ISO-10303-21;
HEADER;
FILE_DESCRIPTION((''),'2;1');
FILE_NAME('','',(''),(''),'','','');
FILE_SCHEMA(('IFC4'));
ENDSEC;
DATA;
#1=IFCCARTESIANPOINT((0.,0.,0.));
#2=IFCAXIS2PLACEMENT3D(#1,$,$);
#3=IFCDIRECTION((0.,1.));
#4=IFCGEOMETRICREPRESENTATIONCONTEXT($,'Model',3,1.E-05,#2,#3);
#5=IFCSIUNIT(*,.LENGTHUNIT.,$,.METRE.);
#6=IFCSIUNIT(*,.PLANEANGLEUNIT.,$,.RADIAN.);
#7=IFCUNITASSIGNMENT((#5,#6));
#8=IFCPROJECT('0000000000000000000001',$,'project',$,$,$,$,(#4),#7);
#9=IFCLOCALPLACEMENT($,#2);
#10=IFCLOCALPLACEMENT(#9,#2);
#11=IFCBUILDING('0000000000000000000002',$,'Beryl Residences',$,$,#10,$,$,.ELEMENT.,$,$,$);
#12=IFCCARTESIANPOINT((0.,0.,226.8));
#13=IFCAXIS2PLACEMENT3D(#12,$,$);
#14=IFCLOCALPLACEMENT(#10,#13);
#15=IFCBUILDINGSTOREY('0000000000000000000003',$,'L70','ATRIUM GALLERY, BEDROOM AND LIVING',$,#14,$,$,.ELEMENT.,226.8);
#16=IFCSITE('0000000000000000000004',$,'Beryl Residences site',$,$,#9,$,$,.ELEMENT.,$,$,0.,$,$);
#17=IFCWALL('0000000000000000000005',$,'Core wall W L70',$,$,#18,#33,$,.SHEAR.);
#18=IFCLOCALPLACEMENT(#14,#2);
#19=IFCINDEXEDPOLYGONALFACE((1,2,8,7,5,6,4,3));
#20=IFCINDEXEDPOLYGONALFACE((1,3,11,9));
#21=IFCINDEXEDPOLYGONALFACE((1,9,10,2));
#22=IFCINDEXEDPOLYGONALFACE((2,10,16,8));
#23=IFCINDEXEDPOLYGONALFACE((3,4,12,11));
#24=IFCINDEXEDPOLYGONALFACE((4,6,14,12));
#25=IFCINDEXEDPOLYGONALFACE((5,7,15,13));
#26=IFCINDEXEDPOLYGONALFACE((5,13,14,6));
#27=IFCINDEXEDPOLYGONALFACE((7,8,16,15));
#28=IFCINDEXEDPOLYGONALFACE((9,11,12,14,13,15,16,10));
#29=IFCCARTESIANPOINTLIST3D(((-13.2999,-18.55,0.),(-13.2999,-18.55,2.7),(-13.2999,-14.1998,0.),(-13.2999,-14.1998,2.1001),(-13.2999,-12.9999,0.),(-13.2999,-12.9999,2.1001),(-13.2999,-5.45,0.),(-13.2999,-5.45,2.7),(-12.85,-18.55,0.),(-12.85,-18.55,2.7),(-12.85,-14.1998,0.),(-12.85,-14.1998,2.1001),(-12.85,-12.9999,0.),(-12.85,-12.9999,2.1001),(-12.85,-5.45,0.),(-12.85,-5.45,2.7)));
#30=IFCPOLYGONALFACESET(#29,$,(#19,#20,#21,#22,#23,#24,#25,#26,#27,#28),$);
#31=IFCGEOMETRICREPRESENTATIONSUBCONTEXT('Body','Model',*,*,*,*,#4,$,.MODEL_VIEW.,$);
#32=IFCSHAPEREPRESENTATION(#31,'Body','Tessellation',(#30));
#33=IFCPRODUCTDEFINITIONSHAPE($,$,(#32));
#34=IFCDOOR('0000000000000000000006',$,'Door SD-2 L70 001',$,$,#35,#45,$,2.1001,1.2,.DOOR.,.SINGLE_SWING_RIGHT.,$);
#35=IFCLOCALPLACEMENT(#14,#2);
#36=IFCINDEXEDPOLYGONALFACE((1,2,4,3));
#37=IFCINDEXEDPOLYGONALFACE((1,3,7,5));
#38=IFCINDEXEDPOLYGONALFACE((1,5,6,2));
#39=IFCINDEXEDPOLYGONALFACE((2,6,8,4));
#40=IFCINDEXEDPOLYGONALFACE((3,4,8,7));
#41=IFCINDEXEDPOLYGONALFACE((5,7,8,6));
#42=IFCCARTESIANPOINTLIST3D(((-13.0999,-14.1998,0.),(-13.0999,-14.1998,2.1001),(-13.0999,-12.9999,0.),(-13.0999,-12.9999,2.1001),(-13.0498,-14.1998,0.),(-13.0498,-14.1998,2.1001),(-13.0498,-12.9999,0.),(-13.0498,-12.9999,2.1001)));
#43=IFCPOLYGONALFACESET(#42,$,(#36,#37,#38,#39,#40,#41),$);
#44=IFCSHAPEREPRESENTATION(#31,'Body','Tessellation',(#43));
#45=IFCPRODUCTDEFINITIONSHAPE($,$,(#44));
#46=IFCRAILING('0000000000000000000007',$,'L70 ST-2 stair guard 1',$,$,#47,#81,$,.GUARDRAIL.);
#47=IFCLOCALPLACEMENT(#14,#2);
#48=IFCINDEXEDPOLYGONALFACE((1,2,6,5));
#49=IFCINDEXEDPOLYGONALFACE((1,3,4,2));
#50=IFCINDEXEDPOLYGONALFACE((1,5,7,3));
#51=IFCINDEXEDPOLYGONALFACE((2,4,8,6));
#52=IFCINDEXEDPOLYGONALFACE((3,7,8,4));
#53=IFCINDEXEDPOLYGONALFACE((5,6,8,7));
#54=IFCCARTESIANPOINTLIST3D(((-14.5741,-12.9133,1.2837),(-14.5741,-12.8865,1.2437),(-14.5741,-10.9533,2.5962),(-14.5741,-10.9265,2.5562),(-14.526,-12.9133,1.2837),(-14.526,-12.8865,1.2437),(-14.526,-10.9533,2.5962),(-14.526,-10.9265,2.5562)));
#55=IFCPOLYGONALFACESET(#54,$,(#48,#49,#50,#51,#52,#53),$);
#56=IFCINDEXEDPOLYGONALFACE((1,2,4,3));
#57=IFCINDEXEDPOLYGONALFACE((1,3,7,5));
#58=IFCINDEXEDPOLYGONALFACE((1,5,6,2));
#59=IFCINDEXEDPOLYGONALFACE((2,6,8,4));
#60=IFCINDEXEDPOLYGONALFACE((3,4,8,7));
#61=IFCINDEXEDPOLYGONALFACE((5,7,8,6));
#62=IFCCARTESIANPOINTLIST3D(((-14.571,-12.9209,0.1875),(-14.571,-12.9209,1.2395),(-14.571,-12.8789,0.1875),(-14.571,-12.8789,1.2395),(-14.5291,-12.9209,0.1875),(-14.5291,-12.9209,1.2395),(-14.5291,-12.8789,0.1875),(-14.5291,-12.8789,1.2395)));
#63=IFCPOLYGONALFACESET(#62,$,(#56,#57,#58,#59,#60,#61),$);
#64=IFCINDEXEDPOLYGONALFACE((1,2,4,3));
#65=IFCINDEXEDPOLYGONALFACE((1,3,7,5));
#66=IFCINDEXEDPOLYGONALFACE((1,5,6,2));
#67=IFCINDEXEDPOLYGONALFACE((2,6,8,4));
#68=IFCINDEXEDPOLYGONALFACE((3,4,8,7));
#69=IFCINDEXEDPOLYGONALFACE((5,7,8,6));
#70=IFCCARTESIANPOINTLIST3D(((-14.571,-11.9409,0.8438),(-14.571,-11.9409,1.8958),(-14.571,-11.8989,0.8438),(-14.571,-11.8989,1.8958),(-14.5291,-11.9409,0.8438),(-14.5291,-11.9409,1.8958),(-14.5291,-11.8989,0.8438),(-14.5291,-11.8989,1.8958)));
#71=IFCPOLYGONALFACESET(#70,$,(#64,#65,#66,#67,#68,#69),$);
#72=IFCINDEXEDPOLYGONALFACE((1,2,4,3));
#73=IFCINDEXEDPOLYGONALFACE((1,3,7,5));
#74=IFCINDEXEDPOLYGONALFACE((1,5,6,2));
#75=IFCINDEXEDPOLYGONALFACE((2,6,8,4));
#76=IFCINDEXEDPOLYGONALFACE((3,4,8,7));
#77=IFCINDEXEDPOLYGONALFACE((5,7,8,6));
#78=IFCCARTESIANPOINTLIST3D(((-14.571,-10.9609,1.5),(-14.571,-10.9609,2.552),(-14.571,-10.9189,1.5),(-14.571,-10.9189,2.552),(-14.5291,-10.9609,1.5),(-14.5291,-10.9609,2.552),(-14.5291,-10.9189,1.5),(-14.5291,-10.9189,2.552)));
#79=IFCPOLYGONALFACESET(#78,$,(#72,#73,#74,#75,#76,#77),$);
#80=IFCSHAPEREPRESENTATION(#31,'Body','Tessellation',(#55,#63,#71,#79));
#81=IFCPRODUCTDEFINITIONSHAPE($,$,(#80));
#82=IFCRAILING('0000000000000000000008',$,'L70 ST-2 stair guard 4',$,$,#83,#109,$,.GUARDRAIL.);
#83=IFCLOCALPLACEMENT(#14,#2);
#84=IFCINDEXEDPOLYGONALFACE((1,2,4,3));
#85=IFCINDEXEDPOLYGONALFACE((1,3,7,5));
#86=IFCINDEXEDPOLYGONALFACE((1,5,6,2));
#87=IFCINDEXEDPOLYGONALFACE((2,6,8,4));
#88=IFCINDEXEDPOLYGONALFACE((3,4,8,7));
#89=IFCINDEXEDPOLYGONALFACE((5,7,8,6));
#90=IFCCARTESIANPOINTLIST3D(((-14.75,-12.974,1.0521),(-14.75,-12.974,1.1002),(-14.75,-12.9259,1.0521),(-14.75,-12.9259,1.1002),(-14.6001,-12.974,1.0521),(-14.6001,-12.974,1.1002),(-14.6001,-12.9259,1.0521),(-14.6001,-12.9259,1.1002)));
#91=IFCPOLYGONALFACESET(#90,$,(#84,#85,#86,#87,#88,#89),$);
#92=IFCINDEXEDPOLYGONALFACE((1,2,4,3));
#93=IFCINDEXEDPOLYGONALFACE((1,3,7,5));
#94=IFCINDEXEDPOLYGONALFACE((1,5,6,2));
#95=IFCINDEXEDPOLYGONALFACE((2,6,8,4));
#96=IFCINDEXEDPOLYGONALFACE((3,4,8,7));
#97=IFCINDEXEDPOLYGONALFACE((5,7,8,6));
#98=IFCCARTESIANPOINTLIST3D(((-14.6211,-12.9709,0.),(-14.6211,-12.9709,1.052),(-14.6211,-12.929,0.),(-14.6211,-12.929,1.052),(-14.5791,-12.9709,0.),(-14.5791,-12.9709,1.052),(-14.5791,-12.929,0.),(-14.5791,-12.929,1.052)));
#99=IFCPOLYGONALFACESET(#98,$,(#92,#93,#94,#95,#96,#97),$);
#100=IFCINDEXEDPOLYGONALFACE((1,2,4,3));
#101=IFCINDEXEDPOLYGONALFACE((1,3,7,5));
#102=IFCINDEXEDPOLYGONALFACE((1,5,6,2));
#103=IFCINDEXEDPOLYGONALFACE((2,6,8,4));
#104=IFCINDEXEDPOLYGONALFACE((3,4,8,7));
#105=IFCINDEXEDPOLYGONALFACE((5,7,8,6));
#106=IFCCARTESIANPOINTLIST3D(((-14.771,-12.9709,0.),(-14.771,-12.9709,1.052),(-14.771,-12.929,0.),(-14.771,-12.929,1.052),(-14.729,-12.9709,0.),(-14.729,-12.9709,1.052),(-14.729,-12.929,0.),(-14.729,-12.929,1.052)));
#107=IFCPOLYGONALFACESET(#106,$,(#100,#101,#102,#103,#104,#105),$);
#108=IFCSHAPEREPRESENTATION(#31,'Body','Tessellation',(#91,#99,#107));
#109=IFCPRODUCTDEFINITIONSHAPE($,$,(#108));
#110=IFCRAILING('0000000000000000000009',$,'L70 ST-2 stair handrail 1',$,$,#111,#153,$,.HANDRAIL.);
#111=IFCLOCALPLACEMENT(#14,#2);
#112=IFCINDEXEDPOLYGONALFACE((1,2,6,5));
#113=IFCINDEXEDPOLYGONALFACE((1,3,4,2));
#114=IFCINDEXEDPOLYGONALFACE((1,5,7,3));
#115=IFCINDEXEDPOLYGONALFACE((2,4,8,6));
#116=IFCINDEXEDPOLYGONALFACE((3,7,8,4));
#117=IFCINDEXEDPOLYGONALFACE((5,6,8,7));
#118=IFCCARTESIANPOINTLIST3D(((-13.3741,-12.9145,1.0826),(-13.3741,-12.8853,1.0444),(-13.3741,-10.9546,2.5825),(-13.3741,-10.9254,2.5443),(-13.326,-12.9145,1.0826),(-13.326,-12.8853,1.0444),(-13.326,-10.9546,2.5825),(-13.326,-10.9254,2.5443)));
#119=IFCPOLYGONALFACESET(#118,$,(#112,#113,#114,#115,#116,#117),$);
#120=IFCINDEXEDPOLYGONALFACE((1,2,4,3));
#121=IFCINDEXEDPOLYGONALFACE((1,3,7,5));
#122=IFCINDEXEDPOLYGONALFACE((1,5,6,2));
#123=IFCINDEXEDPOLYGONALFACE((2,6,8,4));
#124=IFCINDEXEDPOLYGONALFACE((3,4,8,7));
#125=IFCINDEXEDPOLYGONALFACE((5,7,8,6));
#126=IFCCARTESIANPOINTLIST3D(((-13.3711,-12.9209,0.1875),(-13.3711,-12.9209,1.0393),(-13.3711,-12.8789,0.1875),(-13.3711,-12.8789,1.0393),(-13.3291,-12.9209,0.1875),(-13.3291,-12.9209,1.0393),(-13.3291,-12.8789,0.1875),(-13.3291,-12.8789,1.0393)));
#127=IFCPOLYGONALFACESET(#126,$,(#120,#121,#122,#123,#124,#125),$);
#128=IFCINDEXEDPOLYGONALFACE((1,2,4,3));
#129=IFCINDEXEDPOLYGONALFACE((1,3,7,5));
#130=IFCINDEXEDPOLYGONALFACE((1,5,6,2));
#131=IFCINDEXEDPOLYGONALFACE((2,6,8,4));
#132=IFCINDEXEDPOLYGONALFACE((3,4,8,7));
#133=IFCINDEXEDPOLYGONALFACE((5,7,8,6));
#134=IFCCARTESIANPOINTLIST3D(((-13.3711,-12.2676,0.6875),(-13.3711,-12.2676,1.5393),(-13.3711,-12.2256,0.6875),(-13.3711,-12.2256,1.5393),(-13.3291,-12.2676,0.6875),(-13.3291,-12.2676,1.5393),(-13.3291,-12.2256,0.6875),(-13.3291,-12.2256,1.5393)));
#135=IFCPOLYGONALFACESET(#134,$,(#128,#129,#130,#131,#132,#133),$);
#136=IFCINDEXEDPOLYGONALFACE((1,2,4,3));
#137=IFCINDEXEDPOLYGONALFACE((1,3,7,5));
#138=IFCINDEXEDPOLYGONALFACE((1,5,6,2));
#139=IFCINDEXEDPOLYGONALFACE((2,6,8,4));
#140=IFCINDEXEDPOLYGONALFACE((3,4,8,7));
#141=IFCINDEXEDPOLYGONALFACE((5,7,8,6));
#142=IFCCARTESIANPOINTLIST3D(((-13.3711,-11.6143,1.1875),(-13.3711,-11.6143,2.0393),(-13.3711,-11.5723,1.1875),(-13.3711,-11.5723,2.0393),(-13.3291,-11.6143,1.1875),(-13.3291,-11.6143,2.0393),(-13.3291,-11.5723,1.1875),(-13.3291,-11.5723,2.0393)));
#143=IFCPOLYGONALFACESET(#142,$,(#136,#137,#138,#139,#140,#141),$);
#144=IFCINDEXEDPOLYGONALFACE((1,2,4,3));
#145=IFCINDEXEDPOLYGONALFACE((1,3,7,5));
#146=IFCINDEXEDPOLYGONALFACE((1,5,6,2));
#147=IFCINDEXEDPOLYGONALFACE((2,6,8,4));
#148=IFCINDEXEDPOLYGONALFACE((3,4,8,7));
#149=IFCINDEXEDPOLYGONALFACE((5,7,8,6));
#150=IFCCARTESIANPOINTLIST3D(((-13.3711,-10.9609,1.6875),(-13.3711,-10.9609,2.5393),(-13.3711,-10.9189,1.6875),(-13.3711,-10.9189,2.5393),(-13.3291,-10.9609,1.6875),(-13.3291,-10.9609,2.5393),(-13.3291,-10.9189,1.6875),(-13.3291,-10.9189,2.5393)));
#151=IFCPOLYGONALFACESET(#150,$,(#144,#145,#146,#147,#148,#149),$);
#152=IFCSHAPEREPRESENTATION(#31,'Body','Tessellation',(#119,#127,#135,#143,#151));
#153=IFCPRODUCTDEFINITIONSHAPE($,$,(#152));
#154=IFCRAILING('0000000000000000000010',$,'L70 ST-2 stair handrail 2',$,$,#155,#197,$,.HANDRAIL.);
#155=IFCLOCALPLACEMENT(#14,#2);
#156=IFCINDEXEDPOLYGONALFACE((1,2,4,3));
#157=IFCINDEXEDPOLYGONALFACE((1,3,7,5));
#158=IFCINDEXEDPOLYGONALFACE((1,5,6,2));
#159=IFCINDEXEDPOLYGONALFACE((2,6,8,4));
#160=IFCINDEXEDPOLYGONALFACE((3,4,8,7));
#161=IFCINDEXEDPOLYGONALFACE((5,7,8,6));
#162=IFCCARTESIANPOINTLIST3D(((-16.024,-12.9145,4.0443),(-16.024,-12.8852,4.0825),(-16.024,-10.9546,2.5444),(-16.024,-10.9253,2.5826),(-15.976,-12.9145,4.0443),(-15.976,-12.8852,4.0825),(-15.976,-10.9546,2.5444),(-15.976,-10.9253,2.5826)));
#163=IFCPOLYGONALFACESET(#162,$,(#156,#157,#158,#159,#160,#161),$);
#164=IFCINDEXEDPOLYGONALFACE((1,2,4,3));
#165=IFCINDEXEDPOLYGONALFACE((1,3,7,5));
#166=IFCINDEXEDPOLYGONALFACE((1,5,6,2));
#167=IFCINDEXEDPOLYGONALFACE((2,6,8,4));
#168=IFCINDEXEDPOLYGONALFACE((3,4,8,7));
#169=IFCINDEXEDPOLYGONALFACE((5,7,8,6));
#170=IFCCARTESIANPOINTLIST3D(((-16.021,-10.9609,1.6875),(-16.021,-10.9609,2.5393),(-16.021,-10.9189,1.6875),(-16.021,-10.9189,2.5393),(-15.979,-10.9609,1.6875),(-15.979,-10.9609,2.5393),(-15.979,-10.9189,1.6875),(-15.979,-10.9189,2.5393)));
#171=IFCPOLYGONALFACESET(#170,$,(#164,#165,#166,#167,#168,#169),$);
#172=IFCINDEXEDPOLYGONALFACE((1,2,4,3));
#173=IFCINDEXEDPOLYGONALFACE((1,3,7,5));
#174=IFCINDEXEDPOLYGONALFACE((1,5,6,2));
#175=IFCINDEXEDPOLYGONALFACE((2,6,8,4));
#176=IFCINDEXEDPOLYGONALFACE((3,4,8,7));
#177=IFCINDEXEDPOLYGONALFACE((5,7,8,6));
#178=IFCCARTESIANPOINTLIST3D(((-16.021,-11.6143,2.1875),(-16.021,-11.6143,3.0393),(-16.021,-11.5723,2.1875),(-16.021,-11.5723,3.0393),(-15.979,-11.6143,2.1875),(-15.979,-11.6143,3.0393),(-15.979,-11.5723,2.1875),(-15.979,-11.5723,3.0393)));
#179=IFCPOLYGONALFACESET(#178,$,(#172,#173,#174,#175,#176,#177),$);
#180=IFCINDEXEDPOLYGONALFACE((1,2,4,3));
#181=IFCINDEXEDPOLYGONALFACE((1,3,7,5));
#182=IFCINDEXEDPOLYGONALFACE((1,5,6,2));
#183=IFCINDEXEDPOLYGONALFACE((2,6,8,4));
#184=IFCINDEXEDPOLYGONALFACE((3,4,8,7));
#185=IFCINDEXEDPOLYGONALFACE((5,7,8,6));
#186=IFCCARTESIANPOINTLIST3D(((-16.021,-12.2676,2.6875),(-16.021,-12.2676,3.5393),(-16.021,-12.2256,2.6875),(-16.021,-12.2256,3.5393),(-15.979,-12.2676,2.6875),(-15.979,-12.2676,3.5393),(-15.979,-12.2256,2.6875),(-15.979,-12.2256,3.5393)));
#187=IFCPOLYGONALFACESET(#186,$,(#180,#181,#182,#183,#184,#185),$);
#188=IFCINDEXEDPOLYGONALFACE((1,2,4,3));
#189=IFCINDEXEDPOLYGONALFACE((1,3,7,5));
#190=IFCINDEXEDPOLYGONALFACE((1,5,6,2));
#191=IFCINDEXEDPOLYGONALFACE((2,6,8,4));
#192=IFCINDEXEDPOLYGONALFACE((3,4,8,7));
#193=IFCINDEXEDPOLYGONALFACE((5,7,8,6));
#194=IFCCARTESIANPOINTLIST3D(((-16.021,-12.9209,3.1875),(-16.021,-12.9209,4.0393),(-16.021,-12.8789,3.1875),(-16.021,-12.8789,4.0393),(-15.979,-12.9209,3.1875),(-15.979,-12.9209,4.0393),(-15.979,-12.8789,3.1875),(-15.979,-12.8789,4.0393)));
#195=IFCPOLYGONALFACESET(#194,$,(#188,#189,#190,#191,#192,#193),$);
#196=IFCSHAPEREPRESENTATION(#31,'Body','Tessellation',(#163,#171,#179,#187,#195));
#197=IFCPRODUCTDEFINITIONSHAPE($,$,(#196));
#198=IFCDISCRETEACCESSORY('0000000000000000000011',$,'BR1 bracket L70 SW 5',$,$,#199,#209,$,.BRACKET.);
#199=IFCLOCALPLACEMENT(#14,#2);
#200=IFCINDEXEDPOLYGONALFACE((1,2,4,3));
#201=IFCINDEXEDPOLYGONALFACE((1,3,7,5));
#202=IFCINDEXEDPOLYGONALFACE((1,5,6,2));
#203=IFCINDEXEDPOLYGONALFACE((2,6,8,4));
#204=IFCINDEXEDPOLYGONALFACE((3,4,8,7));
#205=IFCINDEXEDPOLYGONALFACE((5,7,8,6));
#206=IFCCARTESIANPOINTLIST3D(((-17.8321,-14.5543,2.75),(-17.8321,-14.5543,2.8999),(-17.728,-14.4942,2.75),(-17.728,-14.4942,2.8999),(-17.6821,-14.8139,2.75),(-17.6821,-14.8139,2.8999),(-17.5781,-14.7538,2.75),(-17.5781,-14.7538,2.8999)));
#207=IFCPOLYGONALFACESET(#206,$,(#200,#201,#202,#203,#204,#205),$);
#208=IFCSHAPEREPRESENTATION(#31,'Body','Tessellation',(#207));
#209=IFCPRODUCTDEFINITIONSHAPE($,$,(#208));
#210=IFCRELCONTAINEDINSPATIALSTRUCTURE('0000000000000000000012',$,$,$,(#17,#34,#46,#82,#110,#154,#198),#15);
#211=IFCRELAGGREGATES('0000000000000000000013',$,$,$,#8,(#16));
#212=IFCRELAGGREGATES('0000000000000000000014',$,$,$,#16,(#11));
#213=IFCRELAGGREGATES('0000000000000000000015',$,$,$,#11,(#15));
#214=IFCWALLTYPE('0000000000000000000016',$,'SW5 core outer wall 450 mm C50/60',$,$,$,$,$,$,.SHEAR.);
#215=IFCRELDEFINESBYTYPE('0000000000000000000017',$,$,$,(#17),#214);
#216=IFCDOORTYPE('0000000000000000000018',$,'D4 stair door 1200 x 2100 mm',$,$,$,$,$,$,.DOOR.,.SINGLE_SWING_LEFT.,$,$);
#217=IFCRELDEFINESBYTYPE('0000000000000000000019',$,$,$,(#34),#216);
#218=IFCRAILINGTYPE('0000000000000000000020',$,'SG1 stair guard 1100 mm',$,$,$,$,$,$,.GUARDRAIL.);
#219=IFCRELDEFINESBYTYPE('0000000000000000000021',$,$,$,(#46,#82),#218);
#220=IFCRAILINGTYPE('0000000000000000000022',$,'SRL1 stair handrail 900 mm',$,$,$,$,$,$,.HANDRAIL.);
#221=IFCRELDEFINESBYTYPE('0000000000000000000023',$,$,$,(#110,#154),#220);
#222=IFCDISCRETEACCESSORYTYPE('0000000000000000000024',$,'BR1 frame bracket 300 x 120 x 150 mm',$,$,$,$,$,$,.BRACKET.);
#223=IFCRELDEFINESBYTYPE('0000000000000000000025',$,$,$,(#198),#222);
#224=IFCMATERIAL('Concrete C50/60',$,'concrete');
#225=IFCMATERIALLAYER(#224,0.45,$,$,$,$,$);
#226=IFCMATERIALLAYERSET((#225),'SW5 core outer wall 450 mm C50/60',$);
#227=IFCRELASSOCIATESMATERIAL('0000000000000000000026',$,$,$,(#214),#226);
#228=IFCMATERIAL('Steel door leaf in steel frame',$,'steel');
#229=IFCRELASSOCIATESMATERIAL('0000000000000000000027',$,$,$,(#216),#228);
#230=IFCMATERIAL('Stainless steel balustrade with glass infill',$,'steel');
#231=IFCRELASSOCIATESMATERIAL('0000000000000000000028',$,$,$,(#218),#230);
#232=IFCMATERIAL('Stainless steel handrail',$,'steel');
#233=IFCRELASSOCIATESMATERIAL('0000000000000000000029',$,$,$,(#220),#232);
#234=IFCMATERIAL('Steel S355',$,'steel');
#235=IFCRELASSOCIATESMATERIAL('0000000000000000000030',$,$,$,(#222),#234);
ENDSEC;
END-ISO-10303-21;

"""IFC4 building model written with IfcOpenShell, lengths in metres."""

from ifc_helpers import new_model, si_unit, direction, frame, frame_2d, origin, origin_2d, place, context, subcontext, project, spatial, polyline, rectangle, outline, extrude, source, transform, mapped, material, layer, layer_set, type_object, type_shapes, element, fill, save


model = new_model("IFC4")

# Units and contexts
model_context = context("Model", 3, precision=1e-05, world=origin(), true_north=direction((0.0, 1.0)))
body_context = subcontext(model_context, "Body", "Model", "MODEL_VIEW")
ifc_project = project(units=[si_unit("LENGTHUNIT", "METRE"), si_unit("PLANEANGLEUNIT", "RADIAN")], contexts=[model_context])

# Site, building, storey
site_placement = place(None, origin())
site = spatial("IfcSite", under=ifc_project, at=site_placement, Name="Beryl Residences site", CompositionType="ELEMENT", RefElevation=0.0)
building_placement = place(site_placement, origin())
building = spatial("IfcBuilding", under=site, at=building_placement, Name="Beryl Residences", CompositionType="ELEMENT")
storey_placement = place(building_placement, frame((0.0, 0.0, 226.8)))
storey = spatial("IfcBuildingStorey", under=building, at=storey_placement, Name="L70", Description="ATRIUM GALLERY, BEDROOM AND LIVING", CompositionType="ELEMENT", Elevation=226.8)

# Wall, opening, door
ifc_material_1 = material(Name="Concrete C50/60", Category="concrete")
ifc_layer_1 = layer(ifc_material_1, 0.45)
ifc_layer_set_1 = layer_set([ifc_layer_1], Name="SW5 core outer wall 450 mm C50/60")
wall_type_1 = type_object("IfcWallType", Name="SW5 core outer wall 450 mm C50/60", PredefinedType="SHEAR", material=ifc_layer_set_1)
wall_1_placement = place(storey_placement, frame((-13.075, -18.55, 0.0), z_axis=(0.0, 0.0, 1.0), x_axis=(0.0, 1.0, 0.0)))
wall_1 = element("IfcWall", 1, at=wall_1_placement, inside=storey, type_object=wall_type_1, Name="Core wall W L70", PredefinedType="SHEAR", context=body_context, shape_type="SweptSolid", body=[
    extrude(rectangle(XDim=13.1001, YDim=0.45, at=frame_2d((6.55, 0.0))), origin(), (0.0, 0.0, 1.0), 2.7),
])
opening_1_placement = place(wall_1_placement, frame((4.3501, 0.0, 0.0)))
opening_1 = element("IfcOpeningElement", 2, at=opening_1_placement, cuts=wall_1, PredefinedType="OPENING", context=body_context, shape_type="SweptSolid", body=[
    extrude(rectangle(XDim=1.2, YDim=2.1001, at=frame_2d((0.6001, 1.05))), frame((0.0, 0.2349, 0.0), z_axis=(0.0, -1.0, 0.0), x_axis=(1.0, 0.0, 0.0)), (0.0, 0.0, 1.0), 0.47),
])
ifc_material_2 = material(Name="Steel door leaf in steel frame", Category="steel")
door_type_1 = type_object("IfcDoorType", Name="D4 stair door 1200 x 2100 mm", OperationType="SINGLE_SWING_LEFT", PredefinedType="DOOR", material=ifc_material_2)
door_1_placement = place(opening_1_placement, origin())
door_1 = element("IfcDoor", 3, at=door_1_placement, inside=storey, type_object=door_type_1, Name="Door SD-2 L70 001", OperationType="SINGLE_SWING_RIGHT", OverallHeight=2.1001, OverallWidth=1.2, PredefinedType="DOOR", context=body_context, shape_type="SweptSolid", body=[
    extrude(rectangle(XDim=1.2, YDim=2.1001, at=frame_2d((0.6001, 1.05))), frame((0.0, 0.0249, 0.0), z_axis=(0.0, -1.0, 0.0), x_axis=(1.0, 0.0, 0.0)), (0.0, 0.0, 1.0), 0.05),
])
fill(opening_1, door_1)

# Railings
ifc_material_3 = material(Name="Stainless steel balustrade with glass infill", Category="steel")
railing_type_1 = type_object("IfcRailingType", Name="SG1 stair guard 1100 mm", PredefinedType="GUARDRAIL", material=ifc_material_3)
railing_1_placement = place(storey_placement, frame((-14.55, -12.8999, 0.1875)))
element("IfcRailing", 4, at=railing_1_placement, inside=storey, type_object=railing_type_1, Name="L70 ST-2 stair guard 1", PredefinedType="GUARDRAIL", context=body_context, shape_type="SweptSolid", body=[
    extrude(rectangle(XDim=0.0481, YDim=0.0481, at=origin_2d()), frame((0.0, 0.0, 1.0762), z_axis=(0.0, 0.830902, 0.556419), x_axis=(-1.0, 0.0, 0.0)), (0.0, 0.0, 1.0), 2.3589),
    extrude(rectangle(XDim=0.042, YDim=0.042, at=origin_2d()), origin(), (0.0, 0.0, 1.0), 1.052),
    extrude(rectangle(XDim=0.042, YDim=0.042, at=origin_2d()), frame((0.0, 0.98, 0.6562)), (0.0, 0.0, 1.0), 1.052),
    extrude(rectangle(XDim=0.042, YDim=0.042, at=origin_2d()), frame((0.0, 1.96, 1.3125)), (0.0, 0.0, 1.0), 1.052),
])
railing_2_placement = place(storey_placement, frame((-14.6001, -12.95, 0.0)))
element("IfcRailing", 5, at=railing_2_placement, inside=storey, type_object=railing_type_1, Name="L70 ST-2 stair guard 4", PredefinedType="GUARDRAIL", context=body_context, shape_type="SweptSolid", body=[
    extrude(rectangle(XDim=0.0481, YDim=0.0481, at=origin_2d()), frame((0.0, 0.0, 1.0762), z_axis=(-1.0, 0.0, 0.0), x_axis=(0.0, -1.0, 0.0)), (0.0, 0.0, 1.0), 0.1499),
    extrude(rectangle(XDim=0.042, YDim=0.042, at=origin_2d()), origin(), (0.0, 0.0, 1.0), 1.052),
    extrude(rectangle(XDim=0.042, YDim=0.042, at=origin_2d()), frame((-0.1499, 0.0, 0.0)), (0.0, 0.0, 1.0), 1.052),
])
ifc_material_4 = material(Name="Stainless steel handrail", Category="steel")
railing_type_2 = type_object("IfcRailingType", Name="SRL1 stair handrail 900 mm", PredefinedType="HANDRAIL", material=ifc_material_4)
railing_3_placement = place(storey_placement, frame((-13.3501, -12.8999, 0.1875)))
element("IfcRailing", 6, at=railing_3_placement, inside=storey, type_object=railing_type_2, Name="L70 ST-2 stair handrail 1", PredefinedType="HANDRAIL", context=body_context, shape_type="SweptSolid", body=[
    extrude(rectangle(XDim=0.0481, YDim=0.0481, at=origin_2d()), frame((0.0, 0.0, 0.876), z_axis=(0.0, 0.794122, 0.607758), x_axis=(-1.0, 0.0, 0.0)), (0.0, 0.0, 1.0), 2.468),
    extrude(rectangle(XDim=0.042, YDim=0.042, at=origin_2d()), origin(), (0.0, 0.0, 1.0), 0.8518),
    extrude(rectangle(XDim=0.042, YDim=0.042, at=origin_2d()), frame((0.0, 0.6533, 0.5)), (0.0, 0.0, 1.0), 0.8518),
    extrude(rectangle(XDim=0.042, YDim=0.042, at=origin_2d()), frame((0.0, 1.3066, 1.0)), (0.0, 0.0, 1.0), 0.8518),
    extrude(rectangle(XDim=0.042, YDim=0.042, at=origin_2d()), frame((0.0, 1.96, 1.5)), (0.0, 0.0, 1.0), 0.8518),
])
railing_4_placement = place(storey_placement, frame((-16.0, -10.9399, 1.6875)))
element("IfcRailing", 7, at=railing_4_placement, inside=storey, type_object=railing_type_2, Name="L70 ST-2 stair handrail 2", PredefinedType="HANDRAIL", context=body_context, shape_type="SweptSolid", body=[
    extrude(rectangle(XDim=0.0481, YDim=0.0481, at=origin_2d()), frame((0.0, 0.0, 0.876), z_axis=(0.0, -0.794122, 0.607758), x_axis=(1.0, 0.0, 0.0)), (0.0, 0.0, 1.0), 2.468),
    extrude(rectangle(XDim=0.042, YDim=0.042, at=origin_2d()), origin(), (0.0, 0.0, 1.0), 0.8518),
    extrude(rectangle(XDim=0.042, YDim=0.042, at=origin_2d()), frame((0.0, -0.6533, 0.5)), (0.0, 0.0, 1.0), 0.8518),
    extrude(rectangle(XDim=0.042, YDim=0.042, at=origin_2d()), frame((0.0, -1.3066, 1.0)), (0.0, 0.0, 1.0), 0.8518),
    extrude(rectangle(XDim=0.042, YDim=0.042, at=origin_2d()), frame((0.0, -1.96, 1.5)), (0.0, 0.0, 1.0), 0.8518),
])

# Discrete accessory
ifc_material_5 = material(Name="Steel S355", Category="steel")
discrete_accessory_type = type_object("IfcDiscreteAccessoryType", Name="BR1 frame bracket 300 x 120 x 150 mm", PredefinedType="BRACKET", material=ifc_material_5)
shared_shape_1 = source(origin(), body_context, "Body", "SweptSolid", [
    extrude(outline(polyline([(-0.1499, 0.0), (0.1499, 0.0), (0.1499, 0.1201), (-0.1499, 0.1201), (-0.1499, 0.0)])), origin(), (0.0, 0.0, 1.0), 0.1499),
])
type_shapes(discrete_accessory_type, [shared_shape_1])
for number, where, z_axis, x_axis, name in (
    (8, (-17.6531, -14.624, 2.75), (0.0, 0.0, 1.0), (-0.5, 0.866025, 0.0), "BR1 bracket L70 SW 5"),
):
    element("IfcDiscreteAccessory", number, at=place(storey_placement, frame(where, z_axis=z_axis, x_axis=x_axis)), inside=storey, type_object=discrete_accessory_type, Name=name, PredefinedType="BRACKET", context=body_context, shape_type="MappedRepresentation", body=[
        mapped(shared_shape_1, transform((0.0, 0.0, 0.0))),
    ])

save(model, "model.ifc")
